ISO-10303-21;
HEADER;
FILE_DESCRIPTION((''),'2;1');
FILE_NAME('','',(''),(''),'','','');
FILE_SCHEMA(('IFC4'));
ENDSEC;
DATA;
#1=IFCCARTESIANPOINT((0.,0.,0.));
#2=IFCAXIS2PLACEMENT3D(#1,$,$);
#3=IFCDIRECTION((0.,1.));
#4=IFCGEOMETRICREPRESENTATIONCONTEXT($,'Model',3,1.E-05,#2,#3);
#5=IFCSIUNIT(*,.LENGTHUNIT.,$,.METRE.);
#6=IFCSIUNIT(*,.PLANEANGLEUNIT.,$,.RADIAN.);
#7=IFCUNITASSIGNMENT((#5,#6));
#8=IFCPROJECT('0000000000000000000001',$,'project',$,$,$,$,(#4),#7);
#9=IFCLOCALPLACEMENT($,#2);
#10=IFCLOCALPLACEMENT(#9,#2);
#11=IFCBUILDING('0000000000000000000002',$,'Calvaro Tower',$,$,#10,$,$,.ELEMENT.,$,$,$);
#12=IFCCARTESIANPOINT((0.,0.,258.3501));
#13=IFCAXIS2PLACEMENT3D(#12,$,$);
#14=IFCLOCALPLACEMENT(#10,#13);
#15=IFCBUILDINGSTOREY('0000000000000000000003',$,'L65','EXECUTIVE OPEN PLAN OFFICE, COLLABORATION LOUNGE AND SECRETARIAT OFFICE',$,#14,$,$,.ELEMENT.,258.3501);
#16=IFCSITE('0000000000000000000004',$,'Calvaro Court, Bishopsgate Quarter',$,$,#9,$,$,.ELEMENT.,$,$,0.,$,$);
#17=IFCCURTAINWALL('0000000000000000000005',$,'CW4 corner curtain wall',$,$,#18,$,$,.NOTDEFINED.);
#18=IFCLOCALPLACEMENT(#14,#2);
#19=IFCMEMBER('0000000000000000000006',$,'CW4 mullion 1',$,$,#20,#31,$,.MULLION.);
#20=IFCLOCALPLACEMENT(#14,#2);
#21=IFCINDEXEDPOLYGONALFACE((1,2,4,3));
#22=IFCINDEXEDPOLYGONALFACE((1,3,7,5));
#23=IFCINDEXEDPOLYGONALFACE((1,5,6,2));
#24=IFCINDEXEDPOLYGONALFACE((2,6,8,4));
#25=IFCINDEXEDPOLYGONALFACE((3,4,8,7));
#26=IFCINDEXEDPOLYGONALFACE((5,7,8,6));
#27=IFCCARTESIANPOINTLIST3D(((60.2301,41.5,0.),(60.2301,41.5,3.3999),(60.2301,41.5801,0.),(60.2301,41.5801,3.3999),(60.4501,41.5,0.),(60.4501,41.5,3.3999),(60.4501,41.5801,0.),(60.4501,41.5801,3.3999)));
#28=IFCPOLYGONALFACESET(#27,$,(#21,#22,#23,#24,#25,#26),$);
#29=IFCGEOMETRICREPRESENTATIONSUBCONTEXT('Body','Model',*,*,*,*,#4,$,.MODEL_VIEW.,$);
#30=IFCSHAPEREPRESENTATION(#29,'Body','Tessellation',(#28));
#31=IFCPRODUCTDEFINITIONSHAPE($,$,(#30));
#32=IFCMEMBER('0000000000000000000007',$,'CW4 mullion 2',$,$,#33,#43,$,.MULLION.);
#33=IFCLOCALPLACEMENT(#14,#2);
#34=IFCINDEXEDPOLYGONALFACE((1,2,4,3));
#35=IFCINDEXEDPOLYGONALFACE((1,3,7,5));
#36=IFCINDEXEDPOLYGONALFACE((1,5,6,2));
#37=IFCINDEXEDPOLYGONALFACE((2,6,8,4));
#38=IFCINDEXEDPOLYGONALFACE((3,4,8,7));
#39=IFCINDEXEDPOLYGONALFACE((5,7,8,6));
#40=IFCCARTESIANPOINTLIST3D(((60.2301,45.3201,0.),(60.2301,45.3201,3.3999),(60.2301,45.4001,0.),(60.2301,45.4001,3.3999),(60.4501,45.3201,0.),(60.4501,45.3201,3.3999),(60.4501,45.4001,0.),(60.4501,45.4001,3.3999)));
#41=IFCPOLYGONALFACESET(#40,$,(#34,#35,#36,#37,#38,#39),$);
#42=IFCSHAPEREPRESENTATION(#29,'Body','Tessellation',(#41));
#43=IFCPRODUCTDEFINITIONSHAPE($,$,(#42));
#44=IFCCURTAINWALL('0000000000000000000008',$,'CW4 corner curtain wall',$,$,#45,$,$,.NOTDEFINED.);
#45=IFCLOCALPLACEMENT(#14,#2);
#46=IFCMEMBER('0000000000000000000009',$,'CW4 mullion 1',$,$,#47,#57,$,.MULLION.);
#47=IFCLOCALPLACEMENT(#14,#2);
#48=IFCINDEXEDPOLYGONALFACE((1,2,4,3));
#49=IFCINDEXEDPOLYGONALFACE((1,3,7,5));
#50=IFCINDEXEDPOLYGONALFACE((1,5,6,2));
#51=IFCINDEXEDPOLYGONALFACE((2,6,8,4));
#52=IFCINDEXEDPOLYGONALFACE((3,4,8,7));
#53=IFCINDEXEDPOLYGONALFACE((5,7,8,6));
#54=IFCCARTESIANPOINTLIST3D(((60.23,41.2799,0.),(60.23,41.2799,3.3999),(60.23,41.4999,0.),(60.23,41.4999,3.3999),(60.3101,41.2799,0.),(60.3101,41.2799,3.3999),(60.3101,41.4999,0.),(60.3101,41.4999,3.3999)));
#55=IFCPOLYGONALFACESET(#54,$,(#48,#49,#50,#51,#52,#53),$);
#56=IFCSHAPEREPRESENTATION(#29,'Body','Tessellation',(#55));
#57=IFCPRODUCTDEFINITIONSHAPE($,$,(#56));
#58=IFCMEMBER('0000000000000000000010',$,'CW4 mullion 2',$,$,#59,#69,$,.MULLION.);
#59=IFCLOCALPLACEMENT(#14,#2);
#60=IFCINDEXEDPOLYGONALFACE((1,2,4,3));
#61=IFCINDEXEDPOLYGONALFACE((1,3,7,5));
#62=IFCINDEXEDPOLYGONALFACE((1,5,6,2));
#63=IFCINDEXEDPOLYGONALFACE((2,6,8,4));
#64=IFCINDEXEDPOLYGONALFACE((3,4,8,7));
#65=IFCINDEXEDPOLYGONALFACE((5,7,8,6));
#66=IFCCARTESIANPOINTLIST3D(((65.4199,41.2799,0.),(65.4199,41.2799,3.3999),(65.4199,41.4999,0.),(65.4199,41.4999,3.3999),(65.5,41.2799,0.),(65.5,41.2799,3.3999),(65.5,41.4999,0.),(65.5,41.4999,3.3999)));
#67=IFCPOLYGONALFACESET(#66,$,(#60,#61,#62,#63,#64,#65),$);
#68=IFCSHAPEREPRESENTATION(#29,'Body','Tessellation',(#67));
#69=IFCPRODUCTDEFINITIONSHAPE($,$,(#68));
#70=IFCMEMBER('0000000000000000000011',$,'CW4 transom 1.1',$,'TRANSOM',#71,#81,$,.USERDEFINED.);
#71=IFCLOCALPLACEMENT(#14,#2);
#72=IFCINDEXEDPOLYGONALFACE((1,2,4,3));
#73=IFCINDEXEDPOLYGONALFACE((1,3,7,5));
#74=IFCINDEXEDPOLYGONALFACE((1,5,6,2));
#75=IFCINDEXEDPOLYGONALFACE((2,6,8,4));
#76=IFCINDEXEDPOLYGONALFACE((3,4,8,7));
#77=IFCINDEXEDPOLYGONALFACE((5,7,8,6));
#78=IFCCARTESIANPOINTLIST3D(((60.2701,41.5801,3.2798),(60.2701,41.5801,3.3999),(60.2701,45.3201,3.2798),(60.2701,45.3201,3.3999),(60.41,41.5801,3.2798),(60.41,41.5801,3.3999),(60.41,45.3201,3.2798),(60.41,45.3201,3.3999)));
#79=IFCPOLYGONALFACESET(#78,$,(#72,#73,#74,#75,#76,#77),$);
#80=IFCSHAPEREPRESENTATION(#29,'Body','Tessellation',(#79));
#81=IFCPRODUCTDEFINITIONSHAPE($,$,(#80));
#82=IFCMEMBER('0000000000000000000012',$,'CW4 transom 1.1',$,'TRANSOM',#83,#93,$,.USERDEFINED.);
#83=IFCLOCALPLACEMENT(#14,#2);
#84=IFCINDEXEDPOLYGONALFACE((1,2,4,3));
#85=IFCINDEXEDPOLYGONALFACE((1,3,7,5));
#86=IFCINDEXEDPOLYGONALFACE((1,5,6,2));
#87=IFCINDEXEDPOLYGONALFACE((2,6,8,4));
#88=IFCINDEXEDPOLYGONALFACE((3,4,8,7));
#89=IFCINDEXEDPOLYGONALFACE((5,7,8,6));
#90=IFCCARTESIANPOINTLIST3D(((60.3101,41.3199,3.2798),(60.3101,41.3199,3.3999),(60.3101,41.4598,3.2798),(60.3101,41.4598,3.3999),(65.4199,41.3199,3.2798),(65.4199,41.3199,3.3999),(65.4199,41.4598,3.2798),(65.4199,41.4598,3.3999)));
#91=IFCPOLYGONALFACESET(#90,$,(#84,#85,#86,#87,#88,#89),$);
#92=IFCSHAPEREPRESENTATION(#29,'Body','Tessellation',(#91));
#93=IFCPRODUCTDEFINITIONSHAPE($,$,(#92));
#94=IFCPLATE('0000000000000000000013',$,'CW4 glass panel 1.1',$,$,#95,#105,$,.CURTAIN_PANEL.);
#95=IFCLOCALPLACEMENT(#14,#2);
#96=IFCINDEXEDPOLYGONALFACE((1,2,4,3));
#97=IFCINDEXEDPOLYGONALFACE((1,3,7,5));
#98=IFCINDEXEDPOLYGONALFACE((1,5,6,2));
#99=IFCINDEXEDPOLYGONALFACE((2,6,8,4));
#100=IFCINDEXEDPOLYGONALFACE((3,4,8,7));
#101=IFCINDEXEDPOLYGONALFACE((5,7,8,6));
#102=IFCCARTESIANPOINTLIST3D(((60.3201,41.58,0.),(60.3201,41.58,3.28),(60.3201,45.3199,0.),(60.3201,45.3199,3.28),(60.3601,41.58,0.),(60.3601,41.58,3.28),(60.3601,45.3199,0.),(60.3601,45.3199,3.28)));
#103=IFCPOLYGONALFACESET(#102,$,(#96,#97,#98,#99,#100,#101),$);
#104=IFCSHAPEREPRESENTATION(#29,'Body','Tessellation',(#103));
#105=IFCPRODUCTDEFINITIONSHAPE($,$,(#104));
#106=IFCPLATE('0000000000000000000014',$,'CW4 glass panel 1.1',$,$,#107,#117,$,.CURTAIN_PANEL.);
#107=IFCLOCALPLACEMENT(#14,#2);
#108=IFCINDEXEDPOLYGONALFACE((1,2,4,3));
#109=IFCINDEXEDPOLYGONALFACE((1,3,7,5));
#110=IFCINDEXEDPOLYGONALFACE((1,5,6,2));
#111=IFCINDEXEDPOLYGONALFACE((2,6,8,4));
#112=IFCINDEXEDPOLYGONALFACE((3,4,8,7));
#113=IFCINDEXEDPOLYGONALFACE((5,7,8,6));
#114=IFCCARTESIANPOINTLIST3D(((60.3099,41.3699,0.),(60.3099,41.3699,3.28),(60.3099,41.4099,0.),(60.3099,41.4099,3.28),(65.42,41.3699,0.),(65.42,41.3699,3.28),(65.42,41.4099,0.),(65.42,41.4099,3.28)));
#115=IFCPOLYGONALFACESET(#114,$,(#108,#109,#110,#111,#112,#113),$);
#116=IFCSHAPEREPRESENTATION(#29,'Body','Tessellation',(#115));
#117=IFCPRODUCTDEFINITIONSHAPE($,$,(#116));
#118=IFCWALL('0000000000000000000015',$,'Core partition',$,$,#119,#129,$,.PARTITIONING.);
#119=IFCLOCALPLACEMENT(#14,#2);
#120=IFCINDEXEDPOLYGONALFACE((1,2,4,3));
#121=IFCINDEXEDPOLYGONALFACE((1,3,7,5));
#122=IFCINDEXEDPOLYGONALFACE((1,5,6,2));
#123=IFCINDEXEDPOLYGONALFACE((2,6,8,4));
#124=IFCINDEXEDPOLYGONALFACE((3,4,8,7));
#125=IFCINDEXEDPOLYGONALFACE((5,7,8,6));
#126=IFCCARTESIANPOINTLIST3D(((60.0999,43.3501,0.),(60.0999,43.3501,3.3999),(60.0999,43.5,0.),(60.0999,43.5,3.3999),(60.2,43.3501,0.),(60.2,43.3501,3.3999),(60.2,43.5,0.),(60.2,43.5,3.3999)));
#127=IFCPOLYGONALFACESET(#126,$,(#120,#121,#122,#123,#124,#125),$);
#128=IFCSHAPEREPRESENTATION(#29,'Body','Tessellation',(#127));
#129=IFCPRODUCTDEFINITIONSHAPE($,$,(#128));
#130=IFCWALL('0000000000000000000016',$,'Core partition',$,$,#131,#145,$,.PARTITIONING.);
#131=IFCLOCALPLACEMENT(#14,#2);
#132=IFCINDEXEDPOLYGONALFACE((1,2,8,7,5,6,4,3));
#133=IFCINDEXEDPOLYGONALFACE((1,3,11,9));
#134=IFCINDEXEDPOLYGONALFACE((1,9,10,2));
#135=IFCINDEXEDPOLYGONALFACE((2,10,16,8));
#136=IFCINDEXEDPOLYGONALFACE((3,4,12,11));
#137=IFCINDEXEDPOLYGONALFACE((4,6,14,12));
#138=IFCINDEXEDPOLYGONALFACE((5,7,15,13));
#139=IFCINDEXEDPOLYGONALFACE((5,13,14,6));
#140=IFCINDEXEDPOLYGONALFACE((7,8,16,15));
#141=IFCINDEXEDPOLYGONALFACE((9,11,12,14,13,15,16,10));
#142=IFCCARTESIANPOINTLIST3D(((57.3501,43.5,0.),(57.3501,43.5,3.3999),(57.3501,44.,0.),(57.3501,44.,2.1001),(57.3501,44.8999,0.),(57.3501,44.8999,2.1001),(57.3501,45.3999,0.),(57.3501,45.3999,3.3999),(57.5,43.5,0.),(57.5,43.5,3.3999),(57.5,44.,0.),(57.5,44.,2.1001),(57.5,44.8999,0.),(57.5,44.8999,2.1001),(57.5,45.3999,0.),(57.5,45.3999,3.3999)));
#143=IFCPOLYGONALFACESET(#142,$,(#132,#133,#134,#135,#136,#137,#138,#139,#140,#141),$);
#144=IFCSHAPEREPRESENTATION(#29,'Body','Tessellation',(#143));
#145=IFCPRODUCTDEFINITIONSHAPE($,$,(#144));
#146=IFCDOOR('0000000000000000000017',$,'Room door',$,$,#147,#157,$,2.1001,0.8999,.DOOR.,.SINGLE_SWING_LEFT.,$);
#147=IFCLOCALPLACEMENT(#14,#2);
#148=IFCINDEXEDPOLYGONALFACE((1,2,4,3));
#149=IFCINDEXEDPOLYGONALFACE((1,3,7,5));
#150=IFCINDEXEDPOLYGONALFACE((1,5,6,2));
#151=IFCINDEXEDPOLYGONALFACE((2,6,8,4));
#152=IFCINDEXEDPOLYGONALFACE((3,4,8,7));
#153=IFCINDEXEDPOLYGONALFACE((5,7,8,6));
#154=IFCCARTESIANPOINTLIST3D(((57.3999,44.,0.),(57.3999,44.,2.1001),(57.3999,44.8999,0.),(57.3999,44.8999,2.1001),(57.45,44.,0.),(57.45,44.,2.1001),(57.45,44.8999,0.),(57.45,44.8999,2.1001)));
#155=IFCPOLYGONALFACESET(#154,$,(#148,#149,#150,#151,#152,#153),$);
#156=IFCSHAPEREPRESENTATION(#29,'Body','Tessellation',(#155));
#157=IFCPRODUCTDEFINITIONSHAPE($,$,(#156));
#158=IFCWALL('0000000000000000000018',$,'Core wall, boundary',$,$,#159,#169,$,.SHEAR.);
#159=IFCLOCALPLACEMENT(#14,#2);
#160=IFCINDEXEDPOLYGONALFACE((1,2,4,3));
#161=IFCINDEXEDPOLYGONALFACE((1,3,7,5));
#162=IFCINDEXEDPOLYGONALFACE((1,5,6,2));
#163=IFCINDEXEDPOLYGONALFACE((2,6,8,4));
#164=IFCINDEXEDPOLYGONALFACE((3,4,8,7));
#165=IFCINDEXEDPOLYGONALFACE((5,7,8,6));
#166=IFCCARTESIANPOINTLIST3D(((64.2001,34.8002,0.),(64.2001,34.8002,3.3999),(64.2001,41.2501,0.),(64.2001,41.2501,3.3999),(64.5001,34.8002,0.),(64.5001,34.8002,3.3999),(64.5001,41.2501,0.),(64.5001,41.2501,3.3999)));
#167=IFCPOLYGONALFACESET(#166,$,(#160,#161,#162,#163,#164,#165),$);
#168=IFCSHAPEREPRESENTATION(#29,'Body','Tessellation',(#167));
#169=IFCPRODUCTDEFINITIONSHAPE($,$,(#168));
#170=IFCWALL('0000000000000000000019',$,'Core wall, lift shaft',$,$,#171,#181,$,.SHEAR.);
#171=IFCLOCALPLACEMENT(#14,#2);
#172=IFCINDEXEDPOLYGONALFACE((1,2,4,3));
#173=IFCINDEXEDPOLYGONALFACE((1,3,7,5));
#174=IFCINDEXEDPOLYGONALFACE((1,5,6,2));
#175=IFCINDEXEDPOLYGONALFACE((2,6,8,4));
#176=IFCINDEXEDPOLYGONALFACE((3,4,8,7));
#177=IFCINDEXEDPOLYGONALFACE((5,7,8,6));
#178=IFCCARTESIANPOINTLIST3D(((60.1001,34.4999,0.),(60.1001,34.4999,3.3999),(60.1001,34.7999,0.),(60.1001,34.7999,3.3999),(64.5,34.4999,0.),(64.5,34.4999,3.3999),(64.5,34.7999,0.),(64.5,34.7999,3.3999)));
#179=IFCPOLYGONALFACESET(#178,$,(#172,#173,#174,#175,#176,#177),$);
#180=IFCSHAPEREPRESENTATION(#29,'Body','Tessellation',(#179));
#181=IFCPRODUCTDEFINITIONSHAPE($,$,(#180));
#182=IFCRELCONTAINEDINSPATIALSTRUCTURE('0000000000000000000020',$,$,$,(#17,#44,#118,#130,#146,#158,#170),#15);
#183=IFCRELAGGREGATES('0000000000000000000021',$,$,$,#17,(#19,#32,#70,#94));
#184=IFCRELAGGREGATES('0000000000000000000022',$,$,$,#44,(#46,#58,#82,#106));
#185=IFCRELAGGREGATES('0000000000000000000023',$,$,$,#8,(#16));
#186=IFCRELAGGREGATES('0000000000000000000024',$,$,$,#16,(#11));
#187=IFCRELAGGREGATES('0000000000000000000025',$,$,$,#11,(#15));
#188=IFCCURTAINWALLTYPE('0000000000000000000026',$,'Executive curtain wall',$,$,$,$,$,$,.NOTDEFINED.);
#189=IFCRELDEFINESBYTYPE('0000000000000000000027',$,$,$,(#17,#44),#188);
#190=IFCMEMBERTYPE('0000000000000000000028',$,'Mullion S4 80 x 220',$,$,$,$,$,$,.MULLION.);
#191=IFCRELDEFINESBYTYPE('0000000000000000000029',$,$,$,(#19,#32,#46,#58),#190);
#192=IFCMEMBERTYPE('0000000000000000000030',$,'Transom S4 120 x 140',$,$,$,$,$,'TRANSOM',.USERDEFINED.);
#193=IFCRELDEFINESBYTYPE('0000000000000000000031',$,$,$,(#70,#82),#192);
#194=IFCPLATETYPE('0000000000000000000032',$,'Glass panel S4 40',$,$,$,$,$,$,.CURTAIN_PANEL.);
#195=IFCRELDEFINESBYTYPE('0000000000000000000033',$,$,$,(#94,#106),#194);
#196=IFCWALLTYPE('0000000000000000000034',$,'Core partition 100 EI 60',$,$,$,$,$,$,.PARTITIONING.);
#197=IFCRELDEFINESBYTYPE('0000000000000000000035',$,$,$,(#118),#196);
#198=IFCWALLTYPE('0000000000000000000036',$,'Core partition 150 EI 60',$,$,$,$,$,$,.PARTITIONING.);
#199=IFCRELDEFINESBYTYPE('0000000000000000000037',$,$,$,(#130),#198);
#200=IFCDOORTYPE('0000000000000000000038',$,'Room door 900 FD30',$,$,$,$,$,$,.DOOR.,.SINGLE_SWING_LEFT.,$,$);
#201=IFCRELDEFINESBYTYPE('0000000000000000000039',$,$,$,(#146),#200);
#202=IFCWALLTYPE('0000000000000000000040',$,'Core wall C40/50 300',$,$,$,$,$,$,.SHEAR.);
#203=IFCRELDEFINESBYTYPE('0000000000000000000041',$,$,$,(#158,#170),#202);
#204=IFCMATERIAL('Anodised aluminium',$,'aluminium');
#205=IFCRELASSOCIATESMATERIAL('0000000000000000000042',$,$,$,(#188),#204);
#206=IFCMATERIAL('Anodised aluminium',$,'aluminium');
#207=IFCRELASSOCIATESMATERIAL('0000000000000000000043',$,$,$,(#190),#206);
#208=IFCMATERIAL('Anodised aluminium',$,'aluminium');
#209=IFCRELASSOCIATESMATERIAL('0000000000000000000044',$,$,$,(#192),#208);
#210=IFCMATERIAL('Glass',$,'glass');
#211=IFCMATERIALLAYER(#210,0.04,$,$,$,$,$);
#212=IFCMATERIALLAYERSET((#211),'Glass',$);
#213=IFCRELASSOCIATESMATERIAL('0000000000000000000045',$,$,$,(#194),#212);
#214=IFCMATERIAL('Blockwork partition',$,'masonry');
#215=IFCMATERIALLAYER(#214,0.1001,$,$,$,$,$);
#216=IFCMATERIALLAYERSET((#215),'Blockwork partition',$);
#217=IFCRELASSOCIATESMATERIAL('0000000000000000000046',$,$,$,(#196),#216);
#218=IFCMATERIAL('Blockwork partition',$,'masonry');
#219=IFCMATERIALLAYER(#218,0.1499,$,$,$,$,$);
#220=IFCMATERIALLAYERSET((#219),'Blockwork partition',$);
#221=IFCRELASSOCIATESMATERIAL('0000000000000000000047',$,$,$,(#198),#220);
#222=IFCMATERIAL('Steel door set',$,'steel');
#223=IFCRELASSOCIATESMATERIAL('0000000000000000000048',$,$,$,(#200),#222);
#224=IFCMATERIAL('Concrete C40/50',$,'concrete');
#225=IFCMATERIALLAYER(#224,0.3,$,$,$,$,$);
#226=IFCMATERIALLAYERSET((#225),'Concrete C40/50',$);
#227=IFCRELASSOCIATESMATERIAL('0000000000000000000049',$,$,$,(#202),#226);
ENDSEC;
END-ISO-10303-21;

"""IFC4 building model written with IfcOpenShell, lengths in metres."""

from ifc_helpers import new_model, si_unit, direction, frame, frame_2d, origin, origin_2d, place, context, subcontext, project, spatial, rectangle, extrude, material, layer, layer_set, material_profile, profile_set, type_object, element, fill, aggregate, save


model = new_model("IFC4")

# Units and contexts
model_context = context("Model", 3, precision=1e-05, world=origin(), true_north=direction((0.0, 1.0)))
body_context = subcontext(model_context, "Body", "Model", "MODEL_VIEW")
ifc_project = project(units=[si_unit("LENGTHUNIT", "METRE"), si_unit("PLANEANGLEUNIT", "RADIAN")], contexts=[model_context])

# Site, building, storey
site_placement = place(None, origin())
site = spatial("IfcSite", under=ifc_project, at=site_placement, Name="Calvaro Court, Bishopsgate Quarter", CompositionType="ELEMENT", RefElevation=0.0)
building_placement = place(site_placement, origin())
building = spatial("IfcBuilding", under=site, at=building_placement, Name="Calvaro Tower", CompositionType="ELEMENT")
storey_placement = place(building_placement, frame((0.0, 0.0, 258.3501)))
storey = spatial("IfcBuildingStorey", under=building, at=storey_placement, Name="L65", Description="EXECUTIVE OPEN PLAN OFFICE, COLLABORATION LOUNGE AND SECRETARIAT OFFICE", CompositionType="ELEMENT", Elevation=258.3501)

# Curtain walls, members
ifc_material_1 = material(Name="Anodised aluminium", Category="aluminium")
curtain_wall_type = type_object("IfcCurtainWallType", Name="Executive curtain wall", PredefinedType="NOTDEFINED", material=ifc_material_1)
curtain_wall_1_placement = place(storey_placement, origin())
curtain_wall_1 = element("IfcCurtainWall", 1, at=curtain_wall_1_placement, inside=storey, type_object=curtain_wall_type, Name="CW4 corner curtain wall", PredefinedType="NOTDEFINED")
ifc_material_2 = material(Name="Anodised aluminium", Category="aluminium")
ifc_material_profile_1 = material_profile(ifc_material_2, rectangle(XDim=0.22, YDim=0.0801, at=origin_2d()), Name="Mullion S4 80 x 220")
ifc_profile_set_1 = profile_set([ifc_material_profile_1], Name="Anodised aluminium")
member_type_1 = type_object("IfcMemberType", Name="Mullion S4 80 x 220", PredefinedType="MULLION", material=ifc_profile_set_1)
member_1_placement = place(storey_placement, frame((60.3401, 41.54, 0.0), z_axis=(0.0, 0.0, 1.0), x_axis=(-1.0, 0.0, 0.0)))
member_1 = element("IfcMember", 2, at=member_1_placement, type_object=member_type_1, Name="CW4 mullion 1", PredefinedType="MULLION", context=body_context, shape_type="SweptSolid", body=[
    extrude(rectangle(XDim=0.22, YDim=0.0801, at=origin_2d()), origin(), (0.0, 0.0, 1.0), 3.3999),
])
member_2_placement = place(storey_placement, frame((60.3401, 45.3601, 0.0), z_axis=(0.0, 0.0, 1.0), x_axis=(-1.0, 0.0, 0.0)))
member_2 = element("IfcMember", 3, at=member_2_placement, type_object=member_type_1, Name="CW4 mullion 2", PredefinedType="MULLION", context=body_context, shape_type="SweptSolid", body=[
    extrude(rectangle(XDim=0.22, YDim=0.0801, at=origin_2d()), origin(), (0.0, 0.0, 1.0), 3.3999),
])
curtain_wall_2_placement = place(storey_placement, origin())
curtain_wall_2 = element("IfcCurtainWall", 4, at=curtain_wall_2_placement, inside=storey, type_object=curtain_wall_type, Name="CW4 corner curtain wall", PredefinedType="NOTDEFINED")
member_3_placement = place(storey_placement, frame((60.27, 41.3899, 0.0), z_axis=(0.0, 0.0, 1.0), x_axis=(0.0, 1.0, 0.0)))
member_3 = element("IfcMember", 5, at=member_3_placement, type_object=member_type_1, Name="CW4 mullion 1", PredefinedType="MULLION", context=body_context, shape_type="SweptSolid", body=[
    extrude(rectangle(XDim=0.22, YDim=0.0801, at=origin_2d()), origin(), (0.0, 0.0, 1.0), 3.3999),
])
member_4_placement = place(storey_placement, frame((65.46, 41.3899, 0.0), z_axis=(0.0, 0.0, 1.0), x_axis=(0.0, 1.0, 0.0)))
member_4 = element("IfcMember", 6, at=member_4_placement, type_object=member_type_1, Name="CW4 mullion 2", PredefinedType="MULLION", context=body_context, shape_type="SweptSolid", body=[
    extrude(rectangle(XDim=0.22, YDim=0.0801, at=origin_2d()), origin(), (0.0, 0.0, 1.0), 3.3999),
])

# Members
ifc_material_3 = material(Name="Anodised aluminium", Category="aluminium")
ifc_material_profile_2 = material_profile(ifc_material_3, rectangle(XDim=0.1399, YDim=0.1201, at=origin_2d()), Name="Transom S4 120 x 140")
ifc_profile_set_2 = profile_set([ifc_material_profile_2], Name="Anodised aluminium")
member_type_2 = type_object("IfcMemberType", Name="Transom S4 120 x 140", ElementType="TRANSOM", PredefinedType="USERDEFINED", material=ifc_profile_set_2)
member_5_placement = place(storey_placement, frame((60.3401, 41.5801, 3.3398), z_axis=(0.0, 1.0, 0.0), x_axis=(-1.0, 0.0, 0.0)))
member_5 = element("IfcMember", 7, at=member_5_placement, type_object=member_type_2, Name="CW4 transom 1.1", ObjectType="TRANSOM", PredefinedType="USERDEFINED", context=body_context, shape_type="SweptSolid", body=[
    extrude(rectangle(XDim=0.1399, YDim=0.1201, at=origin_2d()), origin(), (0.0, 0.0, 1.0), 3.74),
])
member_6_placement = place(storey_placement, frame((60.3101, 41.3899, 3.3398), z_axis=(1.0, 0.0, 0.0), x_axis=(0.0, 1.0, 0.0)))
member_6 = element("IfcMember", 8, at=member_6_placement, type_object=member_type_2, Name="CW4 transom 1.1", ObjectType="TRANSOM", PredefinedType="USERDEFINED", context=body_context, shape_type="SweptSolid", body=[
    extrude(rectangle(XDim=0.1399, YDim=0.1201, at=origin_2d()), origin(), (0.0, 0.0, 1.0), 5.1099),
])

# Plates
ifc_material_4 = material(Name="Glass", Category="glass")
ifc_layer_1 = layer(ifc_material_4, 0.04)
ifc_layer_set_1 = layer_set([ifc_layer_1], Name="Glass")
plate_type = type_object("IfcPlateType", Name="Glass panel S4 40", PredefinedType="CURTAIN_PANEL", material=ifc_layer_set_1)
plate_1_placement = place(storey_placement, frame((60.3401, 43.45, 0.0), z_axis=(0.0, 0.0, 1.0), x_axis=(0.0, 1.0, 0.0)))
plate_1 = element("IfcPlate", 9, at=plate_1_placement, type_object=plate_type, Name="CW4 glass panel 1.1", PredefinedType="CURTAIN_PANEL", context=body_context, shape_type="SweptSolid", body=[
    extrude(rectangle(XDim=3.74, YDim=0.04, at=origin_2d()), origin(), (0.0, 0.0, 1.0), 3.28),
])
aggregate(curtain_wall_1, [member_1, member_2, member_5, plate_1])
plate_2_placement = place(storey_placement, frame((62.865, 41.3899, 0.0), z_axis=(0.0, 0.0, 1.0), x_axis=(1.0, 0.0, 0.0)))
plate_2 = element("IfcPlate", 10, at=plate_2_placement, type_object=plate_type, Name="CW4 glass panel 1.1", PredefinedType="CURTAIN_PANEL", context=body_context, shape_type="SweptSolid", body=[
    extrude(rectangle(XDim=5.1101, YDim=0.04, at=origin_2d()), origin(), (0.0, 0.0, 1.0), 3.28),
])
aggregate(curtain_wall_2, [member_3, member_4, member_6, plate_2])

# Wall
ifc_material_5 = material(Name="Blockwork partition", Category="masonry")
ifc_layer_2 = layer(ifc_material_5, 0.1001)
ifc_layer_set_2 = layer_set([ifc_layer_2], Name="Blockwork partition")
wall_type_1 = type_object("IfcWallType", Name="Core partition 100 EI 60", PredefinedType="PARTITIONING", material=ifc_layer_set_2)
wall_1_placement = place(storey_placement, frame((60.1499, 43.3501, 0.0), z_axis=(0.0, 0.0, 1.0), x_axis=(0.0, 1.0, 0.0)))
element("IfcWall", 11, at=wall_1_placement, inside=storey, type_object=wall_type_1, Name="Core partition", PredefinedType="PARTITIONING", context=body_context, shape_type="SweptSolid", body=[
    extrude(rectangle(XDim=0.1499, YDim=0.1001, at=frame_2d((0.075, 0.0))), origin(), (0.0, 0.0, 1.0), 3.3999),
])

# Wall, opening, door
ifc_material_6 = material(Name="Blockwork partition", Category="masonry")
ifc_layer_3 = layer(ifc_material_6, 0.1499)
ifc_layer_set_3 = layer_set([ifc_layer_3], Name="Blockwork partition")
wall_type_2 = type_object("IfcWallType", Name="Core partition 150 EI 60", PredefinedType="PARTITIONING", material=ifc_layer_set_3)
wall_2_placement = place(storey_placement, frame((57.425, 45.3999, 0.0), z_axis=(0.0, 0.0, 1.0), x_axis=(0.0, -1.0, 0.0)))
wall_2 = element("IfcWall", 12, at=wall_2_placement, inside=storey, type_object=wall_type_2, Name="Core partition", PredefinedType="PARTITIONING", context=body_context, shape_type="SweptSolid", body=[
    extrude(rectangle(XDim=1.8999, YDim=0.1499, at=frame_2d((0.95, 0.0))), origin(), (0.0, 0.0, 1.0), 3.3999),
])
opening_1_placement = place(wall_2_placement, frame((0.5, 0.0, 0.0)))
opening_1 = element("IfcOpeningElement", 13, at=opening_1_placement, cuts=wall_2, PredefinedType="OPENING", context=body_context, shape_type="SweptSolid", body=[
    extrude(rectangle(XDim=0.8999, YDim=2.1001, at=frame_2d((0.45, 1.05))), frame((0.0, 0.085, 0.0), z_axis=(0.0, -1.0, 0.0), x_axis=(1.0, 0.0, 0.0)), (0.0, 0.0, 1.0), 0.1699),
])
ifc_material_7 = material(Name="Steel door set", Category="steel")
door_type_1 = type_object("IfcDoorType", Name="Room door 900 FD30", OperationType="SINGLE_SWING_LEFT", PredefinedType="DOOR", material=ifc_material_7)
door_1_placement = place(opening_1_placement, origin())
door_1 = element("IfcDoor", 14, at=door_1_placement, inside=storey, type_object=door_type_1, Name="Room door", OperationType="SINGLE_SWING_LEFT", OverallHeight=2.1001, OverallWidth=0.8999, PredefinedType="DOOR", context=body_context, shape_type="SweptSolid", body=[
    extrude(rectangle(XDim=0.8999, YDim=2.1001, at=frame_2d((0.45, 1.05))), frame((0.0, 0.0249, 0.0), z_axis=(0.0, -1.0, 0.0), x_axis=(1.0, 0.0, 0.0)), (0.0, 0.0, 1.0), 0.05),
])
fill(opening_1, door_1)

# Walls
ifc_material_8 = material(Name="Concrete C40/50", Category="concrete")
ifc_layer_4 = layer(ifc_material_8, 0.3)
ifc_layer_set_4 = layer_set([ifc_layer_4], Name="Concrete C40/50")
wall_type_3 = type_object("IfcWallType", Name="Core wall C40/50 300", PredefinedType="SHEAR", material=ifc_layer_set_4)
wall_3_placement = place(storey_placement, frame((64.3501, 34.8, 0.0), z_axis=(0.0, 0.0, 1.0), x_axis=(0.0, 1.0, 0.0)))
element("IfcWall", 15, at=wall_3_placement, inside=storey, type_object=wall_type_3, Name="Core wall, boundary", PredefinedType="SHEAR", context=body_context, shape_type="SweptSolid", body=[
    extrude(rectangle(XDim=6.45, YDim=0.3, at=frame_2d((3.2251, 0.0))), origin(), (0.0, 0.0, 1.0), 3.3999),
])
wall_4_placement = place(storey_placement, frame((60.1001, 34.6499, 0.0), z_axis=(0.0, 0.0, 1.0), x_axis=(1.0, 0.0, 0.0)))
element("IfcWall", 16, at=wall_4_placement, inside=storey, type_object=wall_type_3, Name="Core wall, lift shaft", PredefinedType="SHEAR", context=body_context, shape_type="SweptSolid", body=[
    extrude(rectangle(XDim=4.3999, YDim=0.3, at=frame_2d((2.2, 0.0))), origin(), (0.0, 0.0, 1.0), 3.3999),
])

save(model, "model.ifc")
